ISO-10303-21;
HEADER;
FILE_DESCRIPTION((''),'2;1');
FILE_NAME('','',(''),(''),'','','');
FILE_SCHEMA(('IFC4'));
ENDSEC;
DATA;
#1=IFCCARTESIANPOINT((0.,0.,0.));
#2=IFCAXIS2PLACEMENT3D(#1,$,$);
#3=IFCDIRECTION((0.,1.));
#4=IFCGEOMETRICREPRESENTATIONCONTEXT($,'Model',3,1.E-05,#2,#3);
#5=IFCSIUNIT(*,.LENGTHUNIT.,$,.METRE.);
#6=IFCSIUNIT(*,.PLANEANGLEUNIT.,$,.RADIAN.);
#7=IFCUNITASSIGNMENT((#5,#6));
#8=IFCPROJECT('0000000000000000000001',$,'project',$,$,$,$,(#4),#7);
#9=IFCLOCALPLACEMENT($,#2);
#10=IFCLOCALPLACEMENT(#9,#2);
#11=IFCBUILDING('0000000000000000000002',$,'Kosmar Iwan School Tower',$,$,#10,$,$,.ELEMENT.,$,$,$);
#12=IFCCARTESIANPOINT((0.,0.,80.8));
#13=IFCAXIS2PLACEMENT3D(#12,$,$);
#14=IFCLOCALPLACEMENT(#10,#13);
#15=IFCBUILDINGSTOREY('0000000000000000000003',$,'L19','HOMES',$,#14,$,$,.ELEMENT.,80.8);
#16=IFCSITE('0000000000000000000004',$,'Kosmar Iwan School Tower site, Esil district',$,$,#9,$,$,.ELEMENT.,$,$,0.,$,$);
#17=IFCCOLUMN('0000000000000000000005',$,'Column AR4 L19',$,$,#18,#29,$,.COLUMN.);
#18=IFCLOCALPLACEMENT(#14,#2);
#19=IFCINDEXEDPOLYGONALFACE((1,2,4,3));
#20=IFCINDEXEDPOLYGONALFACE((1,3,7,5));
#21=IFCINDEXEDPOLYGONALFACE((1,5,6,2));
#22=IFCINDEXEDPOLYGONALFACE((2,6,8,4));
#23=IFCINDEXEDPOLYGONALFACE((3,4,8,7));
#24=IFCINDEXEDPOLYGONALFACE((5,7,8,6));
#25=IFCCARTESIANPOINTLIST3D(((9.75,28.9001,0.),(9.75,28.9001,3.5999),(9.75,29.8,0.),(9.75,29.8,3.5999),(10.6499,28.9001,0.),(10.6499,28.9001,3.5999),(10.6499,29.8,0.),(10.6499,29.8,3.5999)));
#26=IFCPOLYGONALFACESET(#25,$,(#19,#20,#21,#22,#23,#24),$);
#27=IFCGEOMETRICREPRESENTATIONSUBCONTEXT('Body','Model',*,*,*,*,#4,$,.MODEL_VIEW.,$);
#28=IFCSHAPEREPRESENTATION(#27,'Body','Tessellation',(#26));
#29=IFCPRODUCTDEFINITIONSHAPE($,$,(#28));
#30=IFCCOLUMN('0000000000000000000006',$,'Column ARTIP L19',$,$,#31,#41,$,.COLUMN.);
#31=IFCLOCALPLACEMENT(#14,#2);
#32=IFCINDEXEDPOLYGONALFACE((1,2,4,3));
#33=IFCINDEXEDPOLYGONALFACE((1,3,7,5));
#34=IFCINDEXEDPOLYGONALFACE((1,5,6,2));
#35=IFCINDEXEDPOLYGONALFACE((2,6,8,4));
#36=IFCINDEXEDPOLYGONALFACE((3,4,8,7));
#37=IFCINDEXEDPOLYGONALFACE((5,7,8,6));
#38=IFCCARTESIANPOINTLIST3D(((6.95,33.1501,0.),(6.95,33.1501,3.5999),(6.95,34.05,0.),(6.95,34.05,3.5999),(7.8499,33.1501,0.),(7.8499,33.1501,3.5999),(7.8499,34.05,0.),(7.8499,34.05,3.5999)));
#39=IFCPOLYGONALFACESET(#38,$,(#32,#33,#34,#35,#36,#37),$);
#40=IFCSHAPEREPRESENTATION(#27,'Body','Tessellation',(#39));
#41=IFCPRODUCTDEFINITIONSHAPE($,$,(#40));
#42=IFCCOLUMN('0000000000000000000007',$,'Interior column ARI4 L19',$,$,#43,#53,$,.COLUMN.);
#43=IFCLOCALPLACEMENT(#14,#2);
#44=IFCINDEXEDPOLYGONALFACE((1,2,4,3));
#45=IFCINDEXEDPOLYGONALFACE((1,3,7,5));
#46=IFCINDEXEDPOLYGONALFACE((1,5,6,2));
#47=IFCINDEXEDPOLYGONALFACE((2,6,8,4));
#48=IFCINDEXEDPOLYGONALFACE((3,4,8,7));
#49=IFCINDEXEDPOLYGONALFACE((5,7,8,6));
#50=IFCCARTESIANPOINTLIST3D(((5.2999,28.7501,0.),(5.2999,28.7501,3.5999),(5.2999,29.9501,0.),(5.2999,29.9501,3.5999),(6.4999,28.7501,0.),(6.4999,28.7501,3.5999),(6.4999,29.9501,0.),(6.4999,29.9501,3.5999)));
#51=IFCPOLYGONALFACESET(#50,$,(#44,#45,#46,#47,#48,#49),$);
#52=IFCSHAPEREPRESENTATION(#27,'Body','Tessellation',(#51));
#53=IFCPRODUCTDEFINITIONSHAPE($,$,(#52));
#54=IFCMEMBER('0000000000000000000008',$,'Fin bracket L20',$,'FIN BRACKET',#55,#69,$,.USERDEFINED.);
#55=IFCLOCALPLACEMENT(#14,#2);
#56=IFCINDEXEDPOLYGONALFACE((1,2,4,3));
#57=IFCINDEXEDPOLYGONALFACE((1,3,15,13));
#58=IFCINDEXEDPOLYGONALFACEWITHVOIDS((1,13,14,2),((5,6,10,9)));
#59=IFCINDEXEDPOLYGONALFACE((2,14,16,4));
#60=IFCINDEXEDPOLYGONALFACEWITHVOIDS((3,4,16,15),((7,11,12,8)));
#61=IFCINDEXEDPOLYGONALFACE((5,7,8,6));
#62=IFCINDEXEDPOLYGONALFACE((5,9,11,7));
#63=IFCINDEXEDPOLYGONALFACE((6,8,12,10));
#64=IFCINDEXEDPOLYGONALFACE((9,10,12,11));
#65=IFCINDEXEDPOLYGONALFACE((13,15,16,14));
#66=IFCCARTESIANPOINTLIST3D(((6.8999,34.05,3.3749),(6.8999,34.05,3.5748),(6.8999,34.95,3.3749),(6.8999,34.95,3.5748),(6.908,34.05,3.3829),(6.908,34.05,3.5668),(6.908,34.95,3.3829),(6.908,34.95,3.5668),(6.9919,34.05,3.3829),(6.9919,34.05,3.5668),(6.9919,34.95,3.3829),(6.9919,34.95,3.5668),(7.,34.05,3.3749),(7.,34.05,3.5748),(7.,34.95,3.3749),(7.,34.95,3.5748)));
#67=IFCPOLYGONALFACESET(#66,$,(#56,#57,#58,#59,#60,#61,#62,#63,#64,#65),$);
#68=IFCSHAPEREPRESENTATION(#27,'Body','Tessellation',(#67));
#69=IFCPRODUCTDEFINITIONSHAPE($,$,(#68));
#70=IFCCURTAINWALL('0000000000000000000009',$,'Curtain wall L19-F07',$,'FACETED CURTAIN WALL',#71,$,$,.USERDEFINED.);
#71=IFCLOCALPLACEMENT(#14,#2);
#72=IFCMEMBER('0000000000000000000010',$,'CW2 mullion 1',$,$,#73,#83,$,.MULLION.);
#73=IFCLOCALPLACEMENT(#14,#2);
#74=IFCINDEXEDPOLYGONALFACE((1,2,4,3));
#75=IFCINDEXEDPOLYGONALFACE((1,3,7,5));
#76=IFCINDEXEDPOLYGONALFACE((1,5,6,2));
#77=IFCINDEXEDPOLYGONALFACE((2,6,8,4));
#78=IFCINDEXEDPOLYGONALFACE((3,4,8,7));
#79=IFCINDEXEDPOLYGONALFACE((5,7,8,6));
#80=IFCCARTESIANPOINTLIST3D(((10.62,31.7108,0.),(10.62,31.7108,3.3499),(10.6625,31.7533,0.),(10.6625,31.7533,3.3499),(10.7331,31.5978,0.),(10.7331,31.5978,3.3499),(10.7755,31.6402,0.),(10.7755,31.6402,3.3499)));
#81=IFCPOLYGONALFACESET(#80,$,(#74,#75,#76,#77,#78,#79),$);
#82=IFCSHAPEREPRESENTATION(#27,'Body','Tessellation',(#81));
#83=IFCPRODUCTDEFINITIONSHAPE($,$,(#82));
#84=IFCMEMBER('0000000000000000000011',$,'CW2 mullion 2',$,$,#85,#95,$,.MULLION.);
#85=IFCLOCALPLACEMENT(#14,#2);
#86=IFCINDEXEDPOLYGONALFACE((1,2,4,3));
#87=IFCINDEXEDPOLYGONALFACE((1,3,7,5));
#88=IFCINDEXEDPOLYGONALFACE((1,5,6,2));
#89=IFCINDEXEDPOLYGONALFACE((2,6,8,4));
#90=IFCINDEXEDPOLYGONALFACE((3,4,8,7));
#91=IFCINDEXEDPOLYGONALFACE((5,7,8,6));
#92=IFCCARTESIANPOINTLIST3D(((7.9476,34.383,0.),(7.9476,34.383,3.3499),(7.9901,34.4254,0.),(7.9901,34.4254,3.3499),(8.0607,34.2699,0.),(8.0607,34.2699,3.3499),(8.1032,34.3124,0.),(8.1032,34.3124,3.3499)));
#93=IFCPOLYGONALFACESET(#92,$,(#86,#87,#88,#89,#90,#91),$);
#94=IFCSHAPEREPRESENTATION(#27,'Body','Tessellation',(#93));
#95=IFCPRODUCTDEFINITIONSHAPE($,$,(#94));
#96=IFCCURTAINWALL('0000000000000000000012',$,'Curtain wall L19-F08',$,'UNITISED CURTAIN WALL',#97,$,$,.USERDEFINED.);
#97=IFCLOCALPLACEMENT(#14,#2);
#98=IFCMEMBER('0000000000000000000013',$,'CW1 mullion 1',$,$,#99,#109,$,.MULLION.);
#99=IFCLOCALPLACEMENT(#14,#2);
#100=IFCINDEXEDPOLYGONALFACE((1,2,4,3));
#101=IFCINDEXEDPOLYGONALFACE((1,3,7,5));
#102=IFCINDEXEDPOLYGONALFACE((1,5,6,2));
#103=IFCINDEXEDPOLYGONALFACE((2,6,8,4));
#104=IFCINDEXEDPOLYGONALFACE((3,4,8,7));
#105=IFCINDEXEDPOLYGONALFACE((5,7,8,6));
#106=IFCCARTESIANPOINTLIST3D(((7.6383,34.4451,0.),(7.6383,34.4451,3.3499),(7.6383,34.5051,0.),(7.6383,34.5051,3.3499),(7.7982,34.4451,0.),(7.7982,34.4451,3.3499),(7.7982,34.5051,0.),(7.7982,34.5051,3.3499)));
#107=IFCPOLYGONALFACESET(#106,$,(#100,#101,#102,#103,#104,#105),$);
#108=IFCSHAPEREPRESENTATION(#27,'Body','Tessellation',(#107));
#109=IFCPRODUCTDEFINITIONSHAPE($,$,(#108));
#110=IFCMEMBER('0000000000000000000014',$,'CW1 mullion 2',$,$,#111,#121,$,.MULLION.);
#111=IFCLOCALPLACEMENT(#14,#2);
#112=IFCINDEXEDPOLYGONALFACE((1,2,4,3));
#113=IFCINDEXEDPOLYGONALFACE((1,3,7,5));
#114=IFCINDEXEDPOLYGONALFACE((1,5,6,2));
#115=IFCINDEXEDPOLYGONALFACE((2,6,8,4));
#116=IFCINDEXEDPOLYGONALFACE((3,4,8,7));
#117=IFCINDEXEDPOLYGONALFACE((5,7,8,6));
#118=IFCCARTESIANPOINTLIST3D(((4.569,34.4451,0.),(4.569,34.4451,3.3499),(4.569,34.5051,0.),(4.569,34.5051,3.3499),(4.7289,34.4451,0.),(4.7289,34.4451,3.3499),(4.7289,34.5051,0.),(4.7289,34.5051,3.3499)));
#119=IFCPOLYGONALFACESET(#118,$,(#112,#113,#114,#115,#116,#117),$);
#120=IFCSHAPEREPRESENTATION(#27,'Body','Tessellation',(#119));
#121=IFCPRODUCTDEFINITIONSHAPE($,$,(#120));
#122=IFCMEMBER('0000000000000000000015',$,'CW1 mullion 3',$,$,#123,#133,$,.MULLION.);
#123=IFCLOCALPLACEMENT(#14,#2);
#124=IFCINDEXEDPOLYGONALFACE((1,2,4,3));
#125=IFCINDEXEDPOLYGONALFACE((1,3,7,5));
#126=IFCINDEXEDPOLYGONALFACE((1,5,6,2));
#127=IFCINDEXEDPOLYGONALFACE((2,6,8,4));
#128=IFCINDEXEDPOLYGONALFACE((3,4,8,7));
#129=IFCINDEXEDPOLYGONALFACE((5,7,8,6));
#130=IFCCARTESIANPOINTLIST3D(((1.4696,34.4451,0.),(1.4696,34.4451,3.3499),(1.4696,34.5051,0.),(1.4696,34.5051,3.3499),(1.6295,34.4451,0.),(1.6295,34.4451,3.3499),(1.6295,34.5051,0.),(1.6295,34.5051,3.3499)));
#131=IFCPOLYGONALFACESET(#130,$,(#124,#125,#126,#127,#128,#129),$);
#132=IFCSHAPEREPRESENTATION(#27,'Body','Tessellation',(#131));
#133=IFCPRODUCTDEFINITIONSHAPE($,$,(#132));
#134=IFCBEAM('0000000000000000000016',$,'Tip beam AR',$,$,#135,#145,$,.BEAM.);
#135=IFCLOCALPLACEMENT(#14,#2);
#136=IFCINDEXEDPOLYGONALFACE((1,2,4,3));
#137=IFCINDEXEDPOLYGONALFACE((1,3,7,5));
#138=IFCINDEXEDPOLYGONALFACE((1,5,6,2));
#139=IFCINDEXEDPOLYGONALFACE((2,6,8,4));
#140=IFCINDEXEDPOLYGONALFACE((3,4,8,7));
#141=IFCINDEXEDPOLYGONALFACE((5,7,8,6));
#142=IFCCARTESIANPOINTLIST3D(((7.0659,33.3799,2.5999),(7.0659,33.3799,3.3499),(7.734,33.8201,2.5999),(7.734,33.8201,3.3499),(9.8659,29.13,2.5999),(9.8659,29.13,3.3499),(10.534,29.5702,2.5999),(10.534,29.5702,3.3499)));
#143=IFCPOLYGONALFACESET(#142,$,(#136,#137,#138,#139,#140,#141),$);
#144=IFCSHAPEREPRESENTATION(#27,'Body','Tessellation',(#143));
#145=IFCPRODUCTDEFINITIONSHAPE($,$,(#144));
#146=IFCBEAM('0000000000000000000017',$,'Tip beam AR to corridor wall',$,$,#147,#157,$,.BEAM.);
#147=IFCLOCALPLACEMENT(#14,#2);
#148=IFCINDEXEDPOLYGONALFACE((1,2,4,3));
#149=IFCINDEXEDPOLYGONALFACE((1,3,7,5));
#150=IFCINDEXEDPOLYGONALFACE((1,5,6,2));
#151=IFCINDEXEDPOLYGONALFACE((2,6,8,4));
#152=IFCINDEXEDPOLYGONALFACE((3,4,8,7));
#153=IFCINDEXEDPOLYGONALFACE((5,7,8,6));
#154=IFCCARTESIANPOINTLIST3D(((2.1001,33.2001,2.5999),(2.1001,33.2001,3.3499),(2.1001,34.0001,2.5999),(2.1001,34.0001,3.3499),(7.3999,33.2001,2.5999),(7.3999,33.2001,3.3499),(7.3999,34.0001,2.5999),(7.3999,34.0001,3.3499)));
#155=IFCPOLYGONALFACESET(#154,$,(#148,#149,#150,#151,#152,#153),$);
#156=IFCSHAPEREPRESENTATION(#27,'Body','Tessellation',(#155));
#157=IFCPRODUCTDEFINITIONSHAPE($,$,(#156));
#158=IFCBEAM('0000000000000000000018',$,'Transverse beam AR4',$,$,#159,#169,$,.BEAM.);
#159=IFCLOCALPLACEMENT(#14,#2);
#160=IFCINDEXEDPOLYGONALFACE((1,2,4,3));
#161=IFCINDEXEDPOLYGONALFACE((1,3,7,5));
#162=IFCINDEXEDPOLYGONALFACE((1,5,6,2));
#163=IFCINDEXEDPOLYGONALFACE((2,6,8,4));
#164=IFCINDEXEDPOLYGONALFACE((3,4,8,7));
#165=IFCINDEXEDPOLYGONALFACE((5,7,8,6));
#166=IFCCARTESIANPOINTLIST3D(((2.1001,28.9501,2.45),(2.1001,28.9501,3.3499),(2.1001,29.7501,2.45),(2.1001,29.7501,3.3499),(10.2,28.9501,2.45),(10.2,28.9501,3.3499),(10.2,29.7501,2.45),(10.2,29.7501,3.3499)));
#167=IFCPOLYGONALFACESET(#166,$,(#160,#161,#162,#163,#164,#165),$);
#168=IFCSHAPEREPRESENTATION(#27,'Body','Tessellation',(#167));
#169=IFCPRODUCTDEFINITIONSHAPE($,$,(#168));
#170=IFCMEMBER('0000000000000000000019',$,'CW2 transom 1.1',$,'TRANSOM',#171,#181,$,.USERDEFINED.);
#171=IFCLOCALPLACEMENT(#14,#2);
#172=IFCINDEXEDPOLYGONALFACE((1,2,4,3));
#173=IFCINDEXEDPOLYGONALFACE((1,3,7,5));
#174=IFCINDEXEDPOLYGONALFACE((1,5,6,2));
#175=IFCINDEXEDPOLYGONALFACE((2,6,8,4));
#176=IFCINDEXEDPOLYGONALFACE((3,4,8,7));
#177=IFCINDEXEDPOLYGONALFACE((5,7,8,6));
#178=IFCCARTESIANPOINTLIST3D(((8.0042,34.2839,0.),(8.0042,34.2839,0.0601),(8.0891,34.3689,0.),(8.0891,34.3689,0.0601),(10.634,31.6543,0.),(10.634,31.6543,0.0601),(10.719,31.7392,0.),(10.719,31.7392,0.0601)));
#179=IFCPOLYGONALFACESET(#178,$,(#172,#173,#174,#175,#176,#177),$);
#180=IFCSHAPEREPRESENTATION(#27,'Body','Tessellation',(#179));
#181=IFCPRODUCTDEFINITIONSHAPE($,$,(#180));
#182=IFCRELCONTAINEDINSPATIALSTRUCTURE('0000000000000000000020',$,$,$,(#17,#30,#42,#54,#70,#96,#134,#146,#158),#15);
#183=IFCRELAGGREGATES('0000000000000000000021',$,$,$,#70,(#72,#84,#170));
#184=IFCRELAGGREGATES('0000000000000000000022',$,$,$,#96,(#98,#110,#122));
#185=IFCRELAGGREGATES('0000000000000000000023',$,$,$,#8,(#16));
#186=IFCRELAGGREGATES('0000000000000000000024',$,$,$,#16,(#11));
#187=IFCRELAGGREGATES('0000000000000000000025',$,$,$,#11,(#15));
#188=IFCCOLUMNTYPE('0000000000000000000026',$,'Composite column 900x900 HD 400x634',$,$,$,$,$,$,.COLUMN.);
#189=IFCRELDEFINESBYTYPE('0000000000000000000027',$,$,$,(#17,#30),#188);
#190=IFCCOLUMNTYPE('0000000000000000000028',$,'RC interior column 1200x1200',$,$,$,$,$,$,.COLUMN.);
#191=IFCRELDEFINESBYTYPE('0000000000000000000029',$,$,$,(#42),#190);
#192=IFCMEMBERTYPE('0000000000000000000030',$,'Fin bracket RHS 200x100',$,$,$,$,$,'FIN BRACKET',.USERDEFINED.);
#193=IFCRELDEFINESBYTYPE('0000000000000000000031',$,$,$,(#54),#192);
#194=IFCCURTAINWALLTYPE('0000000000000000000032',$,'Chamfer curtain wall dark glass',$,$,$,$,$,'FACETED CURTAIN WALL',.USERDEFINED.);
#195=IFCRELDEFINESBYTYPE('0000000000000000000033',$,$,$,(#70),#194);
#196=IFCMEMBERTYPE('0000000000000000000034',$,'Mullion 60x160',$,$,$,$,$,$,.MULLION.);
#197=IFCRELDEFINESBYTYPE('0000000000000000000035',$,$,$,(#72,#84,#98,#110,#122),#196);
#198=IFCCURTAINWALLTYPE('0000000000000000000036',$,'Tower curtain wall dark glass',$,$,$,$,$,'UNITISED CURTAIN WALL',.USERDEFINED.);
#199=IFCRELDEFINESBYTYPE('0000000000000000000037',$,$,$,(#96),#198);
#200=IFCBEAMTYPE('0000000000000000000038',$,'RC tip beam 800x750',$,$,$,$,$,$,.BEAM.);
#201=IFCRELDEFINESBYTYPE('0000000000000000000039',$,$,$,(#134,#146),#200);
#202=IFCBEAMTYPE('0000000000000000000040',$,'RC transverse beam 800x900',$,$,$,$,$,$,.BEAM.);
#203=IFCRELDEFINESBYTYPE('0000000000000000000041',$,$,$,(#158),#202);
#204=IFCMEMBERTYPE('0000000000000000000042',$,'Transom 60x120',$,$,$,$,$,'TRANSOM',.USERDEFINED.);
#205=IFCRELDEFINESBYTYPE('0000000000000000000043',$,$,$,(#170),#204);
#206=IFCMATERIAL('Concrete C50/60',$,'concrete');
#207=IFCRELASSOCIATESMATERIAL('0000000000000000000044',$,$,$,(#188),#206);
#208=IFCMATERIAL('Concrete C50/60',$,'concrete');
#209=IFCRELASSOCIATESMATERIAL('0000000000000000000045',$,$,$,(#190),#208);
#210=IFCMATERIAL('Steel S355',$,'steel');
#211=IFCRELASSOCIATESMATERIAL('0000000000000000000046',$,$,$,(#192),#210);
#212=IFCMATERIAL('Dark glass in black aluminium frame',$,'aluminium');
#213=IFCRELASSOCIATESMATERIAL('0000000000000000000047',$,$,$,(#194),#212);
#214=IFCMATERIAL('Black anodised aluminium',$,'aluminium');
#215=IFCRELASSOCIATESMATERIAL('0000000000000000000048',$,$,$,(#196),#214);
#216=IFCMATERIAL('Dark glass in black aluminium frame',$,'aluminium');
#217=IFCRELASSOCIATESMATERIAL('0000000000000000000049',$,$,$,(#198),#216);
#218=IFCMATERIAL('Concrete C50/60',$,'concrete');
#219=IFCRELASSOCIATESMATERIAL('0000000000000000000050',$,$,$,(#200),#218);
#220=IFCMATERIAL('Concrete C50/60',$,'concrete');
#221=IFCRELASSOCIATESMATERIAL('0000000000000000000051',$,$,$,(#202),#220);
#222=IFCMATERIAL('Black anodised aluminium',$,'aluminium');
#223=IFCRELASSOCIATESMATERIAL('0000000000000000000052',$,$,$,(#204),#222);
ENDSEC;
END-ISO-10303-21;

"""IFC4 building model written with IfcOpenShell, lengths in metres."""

from ifc_helpers import new_model, si_unit, direction, frame, origin, origin_2d, place, context, subcontext, project, spatial, rectangle, hollow_rectangle, extrude, material, material_profile, profile_set, type_object, element, aggregate, save


model = new_model("IFC4")

# Units and contexts
model_context = context("Model", 3, precision=1e-05, world=origin(), true_north=direction((0.0, 1.0)))
body_context = subcontext(model_context, "Body", "Model", "MODEL_VIEW")
ifc_project = project(units=[si_unit("LENGTHUNIT", "METRE"), si_unit("PLANEANGLEUNIT", "RADIAN")], contexts=[model_context])

# Site, building, storey
site_placement = place(None, origin())
site = spatial("IfcSite", under=ifc_project, at=site_placement, Name="Kosmar Iwan School Tower site, Esil district", CompositionType="ELEMENT", RefElevation=0.0)
building_placement = place(site_placement, origin())
building = spatial("IfcBuilding", under=site, at=building_placement, Name="Kosmar Iwan School Tower", CompositionType="ELEMENT")
storey_placement = place(building_placement, frame((0.0, 0.0, 80.8)))
storey = spatial("IfcBuildingStorey", under=building, at=storey_placement, Name="L19", Description="HOMES", CompositionType="ELEMENT", Elevation=80.8)

# Columns
ifc_material_1 = material(Name="Concrete C50/60", Category="concrete")
ifc_material_profile_1 = material_profile(ifc_material_1, rectangle(XDim=0.8999, YDim=0.8999, at=origin_2d()), Name="RC 900x900 + HD 400x634")
ifc_profile_set_1 = profile_set([ifc_material_profile_1], Name="Concrete C50/60")
column_type_1 = type_object("IfcColumnType", Name="Composite column 900x900 HD 400x634", PredefinedType="COLUMN", material=ifc_profile_set_1)
for number, where, z_axis, x_axis, name in (
    (1, (10.2, 29.3501, 0.0), (0.0, 0.0, 1.0), (0.0, 1.0, 0.0), "Column AR4 L19"),
    (2, (7.3999, 33.6001, 0.0), (0.0, 0.0, 1.0), (0.0, 1.0, 0.0), "Column ARTIP L19"),
):
    element("IfcColumn", number, at=place(storey_placement, frame(where, z_axis=z_axis, x_axis=x_axis)), inside=storey, type_object=column_type_1, Name=name, PredefinedType="COLUMN", context=body_context, shape_type="SweptSolid", body=[
        extrude(rectangle(XDim=0.8999, YDim=0.8999, at=origin_2d()), origin(), (0.0, 0.0, 1.0), 3.5999),
    ])
ifc_material_2 = material(Name="Concrete C50/60", Category="concrete")
ifc_material_profile_2 = material_profile(ifc_material_2, rectangle(XDim=1.2, YDim=1.2, at=origin_2d()), Name="RC 1200x1200")
ifc_profile_set_2 = profile_set([ifc_material_profile_2], Name="Concrete C50/60")
column_type_2 = type_object("IfcColumnType", Name="RC interior column 1200x1200", PredefinedType="COLUMN", material=ifc_profile_set_2)
column_placement = place(storey_placement, frame((5.8999, 29.3501, 0.0), z_axis=(0.0, 0.0, 1.0), x_axis=(0.0, 1.0, 0.0)))
element("IfcColumn", 3, at=column_placement, inside=storey, type_object=column_type_2, Name="Interior column ARI4 L19", PredefinedType="COLUMN", context=body_context, shape_type="SweptSolid", body=[
    extrude(rectangle(XDim=1.2, YDim=1.2, at=origin_2d()), origin(), (0.0, 0.0, 1.0), 3.5999),
])

# Member
ifc_material_3 = material(Name="Steel S355", Category="steel")
ifc_material_profile_3 = material_profile(ifc_material_3, hollow_rectangle(XDim=0.1001, YDim=0.2, WallThickness=0.0081, at=origin_2d()), Name="RHS 200x100x8")
ifc_profile_set_3 = profile_set([ifc_material_profile_3], Name="Steel S355")
member_type_1 = type_object("IfcMemberType", Name="Fin bracket RHS 200x100", ElementType="FIN BRACKET", PredefinedType="USERDEFINED", material=ifc_profile_set_3)
member_1_placement = place(storey_placement, frame((6.95, 34.05, 3.4749), z_axis=(0.0, 1.0, 0.0), x_axis=(-1.0, 0.0, 0.0)))
element("IfcMember", 4, at=member_1_placement, inside=storey, type_object=member_type_1, Name="Fin bracket L20", ObjectType="FIN BRACKET", PredefinedType="USERDEFINED", context=body_context, shape_type="SweptSolid", body=[
    extrude(hollow_rectangle(XDim=0.1001, YDim=0.2, WallThickness=0.0081, at=origin_2d()), origin(), (0.0, 0.0, 1.0), 0.8999),
])

# Curtain walls, members
ifc_material_4 = material(Name="Dark glass in black aluminium frame", Category="aluminium")
curtain_wall_type_1 = type_object("IfcCurtainWallType", Name="Chamfer curtain wall dark glass", ElementType="FACETED CURTAIN WALL", PredefinedType="USERDEFINED", material=ifc_material_4)
curtain_wall_1_placement = place(storey_placement, origin())
curtain_wall_1 = element("IfcCurtainWall", 5, at=curtain_wall_1_placement, inside=storey, type_object=curtain_wall_type_1, Name="Curtain wall L19-F07", ObjectType="FACETED CURTAIN WALL", PredefinedType="USERDEFINED")
ifc_material_5 = material(Name="Black anodised aluminium", Category="aluminium")
ifc_material_profile_4 = material_profile(ifc_material_5, rectangle(XDim=0.0601, YDim=0.1599, at=origin_2d()), Name="MULLION 60x160")
ifc_profile_set_4 = profile_set([ifc_material_profile_4], Name="Black anodised aluminium")
member_type_2 = type_object("IfcMemberType", Name="Mullion 60x160", PredefinedType="MULLION", material=ifc_profile_set_4)
member_2_placement = place(storey_placement, frame((10.6978, 31.6755, 0.0), z_axis=(0.0, 0.0, 1.0), x_axis=(-0.707107, -0.707107, 0.0)))
member_2 = element("IfcMember", 6, at=member_2_placement, type_object=member_type_2, Name="CW2 mullion 1", PredefinedType="MULLION", context=body_context, shape_type="SweptSolid", body=[
    extrude(rectangle(XDim=0.0601, YDim=0.1599, at=origin_2d()), origin(), (0.0, 0.0, 1.0), 3.3499),
])
member_3_placement = place(storey_placement, frame((8.0254, 34.3477, 0.0), z_axis=(0.0, 0.0, 1.0), x_axis=(-0.707107, -0.707107, 0.0)))
member_3 = element("IfcMember", 7, at=member_3_placement, type_object=member_type_2, Name="CW2 mullion 2", PredefinedType="MULLION", context=body_context, shape_type="SweptSolid", body=[
    extrude(rectangle(XDim=0.0601, YDim=0.1599, at=origin_2d()), origin(), (0.0, 0.0, 1.0), 3.3499),
])
ifc_material_6 = material(Name="Dark glass in black aluminium frame", Category="aluminium")
curtain_wall_type_2 = type_object("IfcCurtainWallType", Name="Tower curtain wall dark glass", ElementType="UNITISED CURTAIN WALL", PredefinedType="USERDEFINED", material=ifc_material_6)
curtain_wall_2_placement = place(storey_placement, origin())
curtain_wall_2 = element("IfcCurtainWall", 8, at=curtain_wall_2_placement, inside=storey, type_object=curtain_wall_type_2, Name="Curtain wall L19-F08", ObjectType="UNITISED CURTAIN WALL", PredefinedType="USERDEFINED")
member_4_placement = place(storey_placement, frame((7.7183, 34.4751, 0.0), z_axis=(0.0, 0.0, 1.0), x_axis=(0.0, -1.0, 0.0)))
member_4 = element("IfcMember", 9, at=member_4_placement, type_object=member_type_2, Name="CW1 mullion 1", PredefinedType="MULLION", context=body_context, shape_type="SweptSolid", body=[
    extrude(rectangle(XDim=0.0601, YDim=0.1599, at=origin_2d()), origin(), (0.0, 0.0, 1.0), 3.3499),
])
member_5_placement = place(storey_placement, frame((4.6489, 34.4751, 0.0), z_axis=(0.0, 0.0, 1.0), x_axis=(0.0, -1.0, 0.0)))
member_5 = element("IfcMember", 10, at=member_5_placement, type_object=member_type_2, Name="CW1 mullion 2", PredefinedType="MULLION", context=body_context, shape_type="SweptSolid", body=[
    extrude(rectangle(XDim=0.0601, YDim=0.1599, at=origin_2d()), origin(), (0.0, 0.0, 1.0), 3.3499),
])
member_6_placement = place(storey_placement, frame((1.5496, 34.4751, 0.0), z_axis=(0.0, 0.0, 1.0), x_axis=(0.0, -1.0, 0.0)))
member_6 = element("IfcMember", 11, at=member_6_placement, type_object=member_type_2, Name="CW1 mullion 3", PredefinedType="MULLION", context=body_context, shape_type="SweptSolid", body=[
    extrude(rectangle(XDim=0.0601, YDim=0.1599, at=origin_2d()), origin(), (0.0, 0.0, 1.0), 3.3499),
])

# Beams
ifc_material_7 = material(Name="Concrete C50/60", Category="concrete")
ifc_material_profile_5 = material_profile(ifc_material_7, rectangle(XDim=0.8, YDim=0.75, at=origin_2d()), Name="RC 800x750")
ifc_profile_set_5 = profile_set([ifc_material_profile_5], Name="Concrete C50/60")
beam_type_1 = type_object("IfcBeamType", Name="RC tip beam 800x750", PredefinedType="BEAM", material=ifc_profile_set_5)
beam_1_placement = place(storey_placement, frame((10.2, 29.3501, 2.9749), z_axis=(-0.550164, 0.835056, 0.0), x_axis=(-0.835056, -0.550164, 0.0)))
element("IfcBeam", 12, at=beam_1_placement, inside=storey, type_object=beam_type_1, Name="Tip beam AR", PredefinedType="BEAM", context=body_context, shape_type="SweptSolid", body=[
    extrude(rectangle(XDim=0.8, YDim=0.75, at=origin_2d()), origin(), (0.0, 0.0, 1.0), 5.0894),
])
beam_2_placement = place(storey_placement, frame((7.3999, 33.6001, 2.9749), z_axis=(-1.0, 0.0, 0.0), x_axis=(0.0, -1.0, 0.0)))
element("IfcBeam", 13, at=beam_2_placement, inside=storey, type_object=beam_type_1, Name="Tip beam AR to corridor wall", PredefinedType="BEAM", context=body_context, shape_type="SweptSolid", body=[
    extrude(rectangle(XDim=0.8, YDim=0.75, at=origin_2d()), origin(), (0.0, 0.0, 1.0), 5.2998),
])
ifc_material_8 = material(Name="Concrete C50/60", Category="concrete")
ifc_material_profile_6 = material_profile(ifc_material_8, rectangle(XDim=0.8, YDim=0.8999, at=origin_2d()), Name="RC 800x900")
ifc_profile_set_6 = profile_set([ifc_material_profile_6], Name="Concrete C50/60")
beam_type_2 = type_object("IfcBeamType", Name="RC transverse beam 800x900", PredefinedType="BEAM", material=ifc_profile_set_6)
beam_3_placement = place(storey_placement, frame((10.2, 29.3501, 2.8999), z_axis=(-1.0, 0.0, 0.0), x_axis=(0.0, -1.0, 0.0)))
element("IfcBeam", 14, at=beam_3_placement, inside=storey, type_object=beam_type_2, Name="Transverse beam AR4", PredefinedType="BEAM", context=body_context, shape_type="SweptSolid", body=[
    extrude(rectangle(XDim=0.8, YDim=0.8999, at=origin_2d()), origin(), (0.0, 0.0, 1.0), 8.0999),
])

# Member
ifc_material_9 = material(Name="Black anodised aluminium", Category="aluminium")
ifc_material_profile_7 = material_profile(ifc_material_9, rectangle(XDim=0.1201, YDim=0.0601, at=origin_2d()), Name="TRANSOM 60x120")
ifc_profile_set_7 = profile_set([ifc_material_profile_7], Name="Black anodised aluminium")
member_type_3 = type_object("IfcMemberType", Name="Transom 60x120", ElementType="TRANSOM", PredefinedType="USERDEFINED", material=ifc_profile_set_7)
member_7_placement = place(storey_placement, frame((10.6765, 31.6968, 0.03), z_axis=(-0.70714, 0.707074, 0.0), x_axis=(-0.707074, -0.70714, 0.0)))
member_7 = element("IfcMember", 15, at=member_7_placement, type_object=member_type_3, Name="CW2 transom 1.1", ObjectType="TRANSOM", PredefinedType="USERDEFINED", context=body_context, shape_type="SweptSolid", body=[
    extrude(rectangle(XDim=0.1201, YDim=0.0601, at=origin_2d()), origin(), (0.0, 0.0, 1.0), 3.719),
])

aggregate(curtain_wall_1, [member_2, member_3, member_7])
aggregate(curtain_wall_2, [member_4, member_5, member_6])

save(model, "model.ifc")
